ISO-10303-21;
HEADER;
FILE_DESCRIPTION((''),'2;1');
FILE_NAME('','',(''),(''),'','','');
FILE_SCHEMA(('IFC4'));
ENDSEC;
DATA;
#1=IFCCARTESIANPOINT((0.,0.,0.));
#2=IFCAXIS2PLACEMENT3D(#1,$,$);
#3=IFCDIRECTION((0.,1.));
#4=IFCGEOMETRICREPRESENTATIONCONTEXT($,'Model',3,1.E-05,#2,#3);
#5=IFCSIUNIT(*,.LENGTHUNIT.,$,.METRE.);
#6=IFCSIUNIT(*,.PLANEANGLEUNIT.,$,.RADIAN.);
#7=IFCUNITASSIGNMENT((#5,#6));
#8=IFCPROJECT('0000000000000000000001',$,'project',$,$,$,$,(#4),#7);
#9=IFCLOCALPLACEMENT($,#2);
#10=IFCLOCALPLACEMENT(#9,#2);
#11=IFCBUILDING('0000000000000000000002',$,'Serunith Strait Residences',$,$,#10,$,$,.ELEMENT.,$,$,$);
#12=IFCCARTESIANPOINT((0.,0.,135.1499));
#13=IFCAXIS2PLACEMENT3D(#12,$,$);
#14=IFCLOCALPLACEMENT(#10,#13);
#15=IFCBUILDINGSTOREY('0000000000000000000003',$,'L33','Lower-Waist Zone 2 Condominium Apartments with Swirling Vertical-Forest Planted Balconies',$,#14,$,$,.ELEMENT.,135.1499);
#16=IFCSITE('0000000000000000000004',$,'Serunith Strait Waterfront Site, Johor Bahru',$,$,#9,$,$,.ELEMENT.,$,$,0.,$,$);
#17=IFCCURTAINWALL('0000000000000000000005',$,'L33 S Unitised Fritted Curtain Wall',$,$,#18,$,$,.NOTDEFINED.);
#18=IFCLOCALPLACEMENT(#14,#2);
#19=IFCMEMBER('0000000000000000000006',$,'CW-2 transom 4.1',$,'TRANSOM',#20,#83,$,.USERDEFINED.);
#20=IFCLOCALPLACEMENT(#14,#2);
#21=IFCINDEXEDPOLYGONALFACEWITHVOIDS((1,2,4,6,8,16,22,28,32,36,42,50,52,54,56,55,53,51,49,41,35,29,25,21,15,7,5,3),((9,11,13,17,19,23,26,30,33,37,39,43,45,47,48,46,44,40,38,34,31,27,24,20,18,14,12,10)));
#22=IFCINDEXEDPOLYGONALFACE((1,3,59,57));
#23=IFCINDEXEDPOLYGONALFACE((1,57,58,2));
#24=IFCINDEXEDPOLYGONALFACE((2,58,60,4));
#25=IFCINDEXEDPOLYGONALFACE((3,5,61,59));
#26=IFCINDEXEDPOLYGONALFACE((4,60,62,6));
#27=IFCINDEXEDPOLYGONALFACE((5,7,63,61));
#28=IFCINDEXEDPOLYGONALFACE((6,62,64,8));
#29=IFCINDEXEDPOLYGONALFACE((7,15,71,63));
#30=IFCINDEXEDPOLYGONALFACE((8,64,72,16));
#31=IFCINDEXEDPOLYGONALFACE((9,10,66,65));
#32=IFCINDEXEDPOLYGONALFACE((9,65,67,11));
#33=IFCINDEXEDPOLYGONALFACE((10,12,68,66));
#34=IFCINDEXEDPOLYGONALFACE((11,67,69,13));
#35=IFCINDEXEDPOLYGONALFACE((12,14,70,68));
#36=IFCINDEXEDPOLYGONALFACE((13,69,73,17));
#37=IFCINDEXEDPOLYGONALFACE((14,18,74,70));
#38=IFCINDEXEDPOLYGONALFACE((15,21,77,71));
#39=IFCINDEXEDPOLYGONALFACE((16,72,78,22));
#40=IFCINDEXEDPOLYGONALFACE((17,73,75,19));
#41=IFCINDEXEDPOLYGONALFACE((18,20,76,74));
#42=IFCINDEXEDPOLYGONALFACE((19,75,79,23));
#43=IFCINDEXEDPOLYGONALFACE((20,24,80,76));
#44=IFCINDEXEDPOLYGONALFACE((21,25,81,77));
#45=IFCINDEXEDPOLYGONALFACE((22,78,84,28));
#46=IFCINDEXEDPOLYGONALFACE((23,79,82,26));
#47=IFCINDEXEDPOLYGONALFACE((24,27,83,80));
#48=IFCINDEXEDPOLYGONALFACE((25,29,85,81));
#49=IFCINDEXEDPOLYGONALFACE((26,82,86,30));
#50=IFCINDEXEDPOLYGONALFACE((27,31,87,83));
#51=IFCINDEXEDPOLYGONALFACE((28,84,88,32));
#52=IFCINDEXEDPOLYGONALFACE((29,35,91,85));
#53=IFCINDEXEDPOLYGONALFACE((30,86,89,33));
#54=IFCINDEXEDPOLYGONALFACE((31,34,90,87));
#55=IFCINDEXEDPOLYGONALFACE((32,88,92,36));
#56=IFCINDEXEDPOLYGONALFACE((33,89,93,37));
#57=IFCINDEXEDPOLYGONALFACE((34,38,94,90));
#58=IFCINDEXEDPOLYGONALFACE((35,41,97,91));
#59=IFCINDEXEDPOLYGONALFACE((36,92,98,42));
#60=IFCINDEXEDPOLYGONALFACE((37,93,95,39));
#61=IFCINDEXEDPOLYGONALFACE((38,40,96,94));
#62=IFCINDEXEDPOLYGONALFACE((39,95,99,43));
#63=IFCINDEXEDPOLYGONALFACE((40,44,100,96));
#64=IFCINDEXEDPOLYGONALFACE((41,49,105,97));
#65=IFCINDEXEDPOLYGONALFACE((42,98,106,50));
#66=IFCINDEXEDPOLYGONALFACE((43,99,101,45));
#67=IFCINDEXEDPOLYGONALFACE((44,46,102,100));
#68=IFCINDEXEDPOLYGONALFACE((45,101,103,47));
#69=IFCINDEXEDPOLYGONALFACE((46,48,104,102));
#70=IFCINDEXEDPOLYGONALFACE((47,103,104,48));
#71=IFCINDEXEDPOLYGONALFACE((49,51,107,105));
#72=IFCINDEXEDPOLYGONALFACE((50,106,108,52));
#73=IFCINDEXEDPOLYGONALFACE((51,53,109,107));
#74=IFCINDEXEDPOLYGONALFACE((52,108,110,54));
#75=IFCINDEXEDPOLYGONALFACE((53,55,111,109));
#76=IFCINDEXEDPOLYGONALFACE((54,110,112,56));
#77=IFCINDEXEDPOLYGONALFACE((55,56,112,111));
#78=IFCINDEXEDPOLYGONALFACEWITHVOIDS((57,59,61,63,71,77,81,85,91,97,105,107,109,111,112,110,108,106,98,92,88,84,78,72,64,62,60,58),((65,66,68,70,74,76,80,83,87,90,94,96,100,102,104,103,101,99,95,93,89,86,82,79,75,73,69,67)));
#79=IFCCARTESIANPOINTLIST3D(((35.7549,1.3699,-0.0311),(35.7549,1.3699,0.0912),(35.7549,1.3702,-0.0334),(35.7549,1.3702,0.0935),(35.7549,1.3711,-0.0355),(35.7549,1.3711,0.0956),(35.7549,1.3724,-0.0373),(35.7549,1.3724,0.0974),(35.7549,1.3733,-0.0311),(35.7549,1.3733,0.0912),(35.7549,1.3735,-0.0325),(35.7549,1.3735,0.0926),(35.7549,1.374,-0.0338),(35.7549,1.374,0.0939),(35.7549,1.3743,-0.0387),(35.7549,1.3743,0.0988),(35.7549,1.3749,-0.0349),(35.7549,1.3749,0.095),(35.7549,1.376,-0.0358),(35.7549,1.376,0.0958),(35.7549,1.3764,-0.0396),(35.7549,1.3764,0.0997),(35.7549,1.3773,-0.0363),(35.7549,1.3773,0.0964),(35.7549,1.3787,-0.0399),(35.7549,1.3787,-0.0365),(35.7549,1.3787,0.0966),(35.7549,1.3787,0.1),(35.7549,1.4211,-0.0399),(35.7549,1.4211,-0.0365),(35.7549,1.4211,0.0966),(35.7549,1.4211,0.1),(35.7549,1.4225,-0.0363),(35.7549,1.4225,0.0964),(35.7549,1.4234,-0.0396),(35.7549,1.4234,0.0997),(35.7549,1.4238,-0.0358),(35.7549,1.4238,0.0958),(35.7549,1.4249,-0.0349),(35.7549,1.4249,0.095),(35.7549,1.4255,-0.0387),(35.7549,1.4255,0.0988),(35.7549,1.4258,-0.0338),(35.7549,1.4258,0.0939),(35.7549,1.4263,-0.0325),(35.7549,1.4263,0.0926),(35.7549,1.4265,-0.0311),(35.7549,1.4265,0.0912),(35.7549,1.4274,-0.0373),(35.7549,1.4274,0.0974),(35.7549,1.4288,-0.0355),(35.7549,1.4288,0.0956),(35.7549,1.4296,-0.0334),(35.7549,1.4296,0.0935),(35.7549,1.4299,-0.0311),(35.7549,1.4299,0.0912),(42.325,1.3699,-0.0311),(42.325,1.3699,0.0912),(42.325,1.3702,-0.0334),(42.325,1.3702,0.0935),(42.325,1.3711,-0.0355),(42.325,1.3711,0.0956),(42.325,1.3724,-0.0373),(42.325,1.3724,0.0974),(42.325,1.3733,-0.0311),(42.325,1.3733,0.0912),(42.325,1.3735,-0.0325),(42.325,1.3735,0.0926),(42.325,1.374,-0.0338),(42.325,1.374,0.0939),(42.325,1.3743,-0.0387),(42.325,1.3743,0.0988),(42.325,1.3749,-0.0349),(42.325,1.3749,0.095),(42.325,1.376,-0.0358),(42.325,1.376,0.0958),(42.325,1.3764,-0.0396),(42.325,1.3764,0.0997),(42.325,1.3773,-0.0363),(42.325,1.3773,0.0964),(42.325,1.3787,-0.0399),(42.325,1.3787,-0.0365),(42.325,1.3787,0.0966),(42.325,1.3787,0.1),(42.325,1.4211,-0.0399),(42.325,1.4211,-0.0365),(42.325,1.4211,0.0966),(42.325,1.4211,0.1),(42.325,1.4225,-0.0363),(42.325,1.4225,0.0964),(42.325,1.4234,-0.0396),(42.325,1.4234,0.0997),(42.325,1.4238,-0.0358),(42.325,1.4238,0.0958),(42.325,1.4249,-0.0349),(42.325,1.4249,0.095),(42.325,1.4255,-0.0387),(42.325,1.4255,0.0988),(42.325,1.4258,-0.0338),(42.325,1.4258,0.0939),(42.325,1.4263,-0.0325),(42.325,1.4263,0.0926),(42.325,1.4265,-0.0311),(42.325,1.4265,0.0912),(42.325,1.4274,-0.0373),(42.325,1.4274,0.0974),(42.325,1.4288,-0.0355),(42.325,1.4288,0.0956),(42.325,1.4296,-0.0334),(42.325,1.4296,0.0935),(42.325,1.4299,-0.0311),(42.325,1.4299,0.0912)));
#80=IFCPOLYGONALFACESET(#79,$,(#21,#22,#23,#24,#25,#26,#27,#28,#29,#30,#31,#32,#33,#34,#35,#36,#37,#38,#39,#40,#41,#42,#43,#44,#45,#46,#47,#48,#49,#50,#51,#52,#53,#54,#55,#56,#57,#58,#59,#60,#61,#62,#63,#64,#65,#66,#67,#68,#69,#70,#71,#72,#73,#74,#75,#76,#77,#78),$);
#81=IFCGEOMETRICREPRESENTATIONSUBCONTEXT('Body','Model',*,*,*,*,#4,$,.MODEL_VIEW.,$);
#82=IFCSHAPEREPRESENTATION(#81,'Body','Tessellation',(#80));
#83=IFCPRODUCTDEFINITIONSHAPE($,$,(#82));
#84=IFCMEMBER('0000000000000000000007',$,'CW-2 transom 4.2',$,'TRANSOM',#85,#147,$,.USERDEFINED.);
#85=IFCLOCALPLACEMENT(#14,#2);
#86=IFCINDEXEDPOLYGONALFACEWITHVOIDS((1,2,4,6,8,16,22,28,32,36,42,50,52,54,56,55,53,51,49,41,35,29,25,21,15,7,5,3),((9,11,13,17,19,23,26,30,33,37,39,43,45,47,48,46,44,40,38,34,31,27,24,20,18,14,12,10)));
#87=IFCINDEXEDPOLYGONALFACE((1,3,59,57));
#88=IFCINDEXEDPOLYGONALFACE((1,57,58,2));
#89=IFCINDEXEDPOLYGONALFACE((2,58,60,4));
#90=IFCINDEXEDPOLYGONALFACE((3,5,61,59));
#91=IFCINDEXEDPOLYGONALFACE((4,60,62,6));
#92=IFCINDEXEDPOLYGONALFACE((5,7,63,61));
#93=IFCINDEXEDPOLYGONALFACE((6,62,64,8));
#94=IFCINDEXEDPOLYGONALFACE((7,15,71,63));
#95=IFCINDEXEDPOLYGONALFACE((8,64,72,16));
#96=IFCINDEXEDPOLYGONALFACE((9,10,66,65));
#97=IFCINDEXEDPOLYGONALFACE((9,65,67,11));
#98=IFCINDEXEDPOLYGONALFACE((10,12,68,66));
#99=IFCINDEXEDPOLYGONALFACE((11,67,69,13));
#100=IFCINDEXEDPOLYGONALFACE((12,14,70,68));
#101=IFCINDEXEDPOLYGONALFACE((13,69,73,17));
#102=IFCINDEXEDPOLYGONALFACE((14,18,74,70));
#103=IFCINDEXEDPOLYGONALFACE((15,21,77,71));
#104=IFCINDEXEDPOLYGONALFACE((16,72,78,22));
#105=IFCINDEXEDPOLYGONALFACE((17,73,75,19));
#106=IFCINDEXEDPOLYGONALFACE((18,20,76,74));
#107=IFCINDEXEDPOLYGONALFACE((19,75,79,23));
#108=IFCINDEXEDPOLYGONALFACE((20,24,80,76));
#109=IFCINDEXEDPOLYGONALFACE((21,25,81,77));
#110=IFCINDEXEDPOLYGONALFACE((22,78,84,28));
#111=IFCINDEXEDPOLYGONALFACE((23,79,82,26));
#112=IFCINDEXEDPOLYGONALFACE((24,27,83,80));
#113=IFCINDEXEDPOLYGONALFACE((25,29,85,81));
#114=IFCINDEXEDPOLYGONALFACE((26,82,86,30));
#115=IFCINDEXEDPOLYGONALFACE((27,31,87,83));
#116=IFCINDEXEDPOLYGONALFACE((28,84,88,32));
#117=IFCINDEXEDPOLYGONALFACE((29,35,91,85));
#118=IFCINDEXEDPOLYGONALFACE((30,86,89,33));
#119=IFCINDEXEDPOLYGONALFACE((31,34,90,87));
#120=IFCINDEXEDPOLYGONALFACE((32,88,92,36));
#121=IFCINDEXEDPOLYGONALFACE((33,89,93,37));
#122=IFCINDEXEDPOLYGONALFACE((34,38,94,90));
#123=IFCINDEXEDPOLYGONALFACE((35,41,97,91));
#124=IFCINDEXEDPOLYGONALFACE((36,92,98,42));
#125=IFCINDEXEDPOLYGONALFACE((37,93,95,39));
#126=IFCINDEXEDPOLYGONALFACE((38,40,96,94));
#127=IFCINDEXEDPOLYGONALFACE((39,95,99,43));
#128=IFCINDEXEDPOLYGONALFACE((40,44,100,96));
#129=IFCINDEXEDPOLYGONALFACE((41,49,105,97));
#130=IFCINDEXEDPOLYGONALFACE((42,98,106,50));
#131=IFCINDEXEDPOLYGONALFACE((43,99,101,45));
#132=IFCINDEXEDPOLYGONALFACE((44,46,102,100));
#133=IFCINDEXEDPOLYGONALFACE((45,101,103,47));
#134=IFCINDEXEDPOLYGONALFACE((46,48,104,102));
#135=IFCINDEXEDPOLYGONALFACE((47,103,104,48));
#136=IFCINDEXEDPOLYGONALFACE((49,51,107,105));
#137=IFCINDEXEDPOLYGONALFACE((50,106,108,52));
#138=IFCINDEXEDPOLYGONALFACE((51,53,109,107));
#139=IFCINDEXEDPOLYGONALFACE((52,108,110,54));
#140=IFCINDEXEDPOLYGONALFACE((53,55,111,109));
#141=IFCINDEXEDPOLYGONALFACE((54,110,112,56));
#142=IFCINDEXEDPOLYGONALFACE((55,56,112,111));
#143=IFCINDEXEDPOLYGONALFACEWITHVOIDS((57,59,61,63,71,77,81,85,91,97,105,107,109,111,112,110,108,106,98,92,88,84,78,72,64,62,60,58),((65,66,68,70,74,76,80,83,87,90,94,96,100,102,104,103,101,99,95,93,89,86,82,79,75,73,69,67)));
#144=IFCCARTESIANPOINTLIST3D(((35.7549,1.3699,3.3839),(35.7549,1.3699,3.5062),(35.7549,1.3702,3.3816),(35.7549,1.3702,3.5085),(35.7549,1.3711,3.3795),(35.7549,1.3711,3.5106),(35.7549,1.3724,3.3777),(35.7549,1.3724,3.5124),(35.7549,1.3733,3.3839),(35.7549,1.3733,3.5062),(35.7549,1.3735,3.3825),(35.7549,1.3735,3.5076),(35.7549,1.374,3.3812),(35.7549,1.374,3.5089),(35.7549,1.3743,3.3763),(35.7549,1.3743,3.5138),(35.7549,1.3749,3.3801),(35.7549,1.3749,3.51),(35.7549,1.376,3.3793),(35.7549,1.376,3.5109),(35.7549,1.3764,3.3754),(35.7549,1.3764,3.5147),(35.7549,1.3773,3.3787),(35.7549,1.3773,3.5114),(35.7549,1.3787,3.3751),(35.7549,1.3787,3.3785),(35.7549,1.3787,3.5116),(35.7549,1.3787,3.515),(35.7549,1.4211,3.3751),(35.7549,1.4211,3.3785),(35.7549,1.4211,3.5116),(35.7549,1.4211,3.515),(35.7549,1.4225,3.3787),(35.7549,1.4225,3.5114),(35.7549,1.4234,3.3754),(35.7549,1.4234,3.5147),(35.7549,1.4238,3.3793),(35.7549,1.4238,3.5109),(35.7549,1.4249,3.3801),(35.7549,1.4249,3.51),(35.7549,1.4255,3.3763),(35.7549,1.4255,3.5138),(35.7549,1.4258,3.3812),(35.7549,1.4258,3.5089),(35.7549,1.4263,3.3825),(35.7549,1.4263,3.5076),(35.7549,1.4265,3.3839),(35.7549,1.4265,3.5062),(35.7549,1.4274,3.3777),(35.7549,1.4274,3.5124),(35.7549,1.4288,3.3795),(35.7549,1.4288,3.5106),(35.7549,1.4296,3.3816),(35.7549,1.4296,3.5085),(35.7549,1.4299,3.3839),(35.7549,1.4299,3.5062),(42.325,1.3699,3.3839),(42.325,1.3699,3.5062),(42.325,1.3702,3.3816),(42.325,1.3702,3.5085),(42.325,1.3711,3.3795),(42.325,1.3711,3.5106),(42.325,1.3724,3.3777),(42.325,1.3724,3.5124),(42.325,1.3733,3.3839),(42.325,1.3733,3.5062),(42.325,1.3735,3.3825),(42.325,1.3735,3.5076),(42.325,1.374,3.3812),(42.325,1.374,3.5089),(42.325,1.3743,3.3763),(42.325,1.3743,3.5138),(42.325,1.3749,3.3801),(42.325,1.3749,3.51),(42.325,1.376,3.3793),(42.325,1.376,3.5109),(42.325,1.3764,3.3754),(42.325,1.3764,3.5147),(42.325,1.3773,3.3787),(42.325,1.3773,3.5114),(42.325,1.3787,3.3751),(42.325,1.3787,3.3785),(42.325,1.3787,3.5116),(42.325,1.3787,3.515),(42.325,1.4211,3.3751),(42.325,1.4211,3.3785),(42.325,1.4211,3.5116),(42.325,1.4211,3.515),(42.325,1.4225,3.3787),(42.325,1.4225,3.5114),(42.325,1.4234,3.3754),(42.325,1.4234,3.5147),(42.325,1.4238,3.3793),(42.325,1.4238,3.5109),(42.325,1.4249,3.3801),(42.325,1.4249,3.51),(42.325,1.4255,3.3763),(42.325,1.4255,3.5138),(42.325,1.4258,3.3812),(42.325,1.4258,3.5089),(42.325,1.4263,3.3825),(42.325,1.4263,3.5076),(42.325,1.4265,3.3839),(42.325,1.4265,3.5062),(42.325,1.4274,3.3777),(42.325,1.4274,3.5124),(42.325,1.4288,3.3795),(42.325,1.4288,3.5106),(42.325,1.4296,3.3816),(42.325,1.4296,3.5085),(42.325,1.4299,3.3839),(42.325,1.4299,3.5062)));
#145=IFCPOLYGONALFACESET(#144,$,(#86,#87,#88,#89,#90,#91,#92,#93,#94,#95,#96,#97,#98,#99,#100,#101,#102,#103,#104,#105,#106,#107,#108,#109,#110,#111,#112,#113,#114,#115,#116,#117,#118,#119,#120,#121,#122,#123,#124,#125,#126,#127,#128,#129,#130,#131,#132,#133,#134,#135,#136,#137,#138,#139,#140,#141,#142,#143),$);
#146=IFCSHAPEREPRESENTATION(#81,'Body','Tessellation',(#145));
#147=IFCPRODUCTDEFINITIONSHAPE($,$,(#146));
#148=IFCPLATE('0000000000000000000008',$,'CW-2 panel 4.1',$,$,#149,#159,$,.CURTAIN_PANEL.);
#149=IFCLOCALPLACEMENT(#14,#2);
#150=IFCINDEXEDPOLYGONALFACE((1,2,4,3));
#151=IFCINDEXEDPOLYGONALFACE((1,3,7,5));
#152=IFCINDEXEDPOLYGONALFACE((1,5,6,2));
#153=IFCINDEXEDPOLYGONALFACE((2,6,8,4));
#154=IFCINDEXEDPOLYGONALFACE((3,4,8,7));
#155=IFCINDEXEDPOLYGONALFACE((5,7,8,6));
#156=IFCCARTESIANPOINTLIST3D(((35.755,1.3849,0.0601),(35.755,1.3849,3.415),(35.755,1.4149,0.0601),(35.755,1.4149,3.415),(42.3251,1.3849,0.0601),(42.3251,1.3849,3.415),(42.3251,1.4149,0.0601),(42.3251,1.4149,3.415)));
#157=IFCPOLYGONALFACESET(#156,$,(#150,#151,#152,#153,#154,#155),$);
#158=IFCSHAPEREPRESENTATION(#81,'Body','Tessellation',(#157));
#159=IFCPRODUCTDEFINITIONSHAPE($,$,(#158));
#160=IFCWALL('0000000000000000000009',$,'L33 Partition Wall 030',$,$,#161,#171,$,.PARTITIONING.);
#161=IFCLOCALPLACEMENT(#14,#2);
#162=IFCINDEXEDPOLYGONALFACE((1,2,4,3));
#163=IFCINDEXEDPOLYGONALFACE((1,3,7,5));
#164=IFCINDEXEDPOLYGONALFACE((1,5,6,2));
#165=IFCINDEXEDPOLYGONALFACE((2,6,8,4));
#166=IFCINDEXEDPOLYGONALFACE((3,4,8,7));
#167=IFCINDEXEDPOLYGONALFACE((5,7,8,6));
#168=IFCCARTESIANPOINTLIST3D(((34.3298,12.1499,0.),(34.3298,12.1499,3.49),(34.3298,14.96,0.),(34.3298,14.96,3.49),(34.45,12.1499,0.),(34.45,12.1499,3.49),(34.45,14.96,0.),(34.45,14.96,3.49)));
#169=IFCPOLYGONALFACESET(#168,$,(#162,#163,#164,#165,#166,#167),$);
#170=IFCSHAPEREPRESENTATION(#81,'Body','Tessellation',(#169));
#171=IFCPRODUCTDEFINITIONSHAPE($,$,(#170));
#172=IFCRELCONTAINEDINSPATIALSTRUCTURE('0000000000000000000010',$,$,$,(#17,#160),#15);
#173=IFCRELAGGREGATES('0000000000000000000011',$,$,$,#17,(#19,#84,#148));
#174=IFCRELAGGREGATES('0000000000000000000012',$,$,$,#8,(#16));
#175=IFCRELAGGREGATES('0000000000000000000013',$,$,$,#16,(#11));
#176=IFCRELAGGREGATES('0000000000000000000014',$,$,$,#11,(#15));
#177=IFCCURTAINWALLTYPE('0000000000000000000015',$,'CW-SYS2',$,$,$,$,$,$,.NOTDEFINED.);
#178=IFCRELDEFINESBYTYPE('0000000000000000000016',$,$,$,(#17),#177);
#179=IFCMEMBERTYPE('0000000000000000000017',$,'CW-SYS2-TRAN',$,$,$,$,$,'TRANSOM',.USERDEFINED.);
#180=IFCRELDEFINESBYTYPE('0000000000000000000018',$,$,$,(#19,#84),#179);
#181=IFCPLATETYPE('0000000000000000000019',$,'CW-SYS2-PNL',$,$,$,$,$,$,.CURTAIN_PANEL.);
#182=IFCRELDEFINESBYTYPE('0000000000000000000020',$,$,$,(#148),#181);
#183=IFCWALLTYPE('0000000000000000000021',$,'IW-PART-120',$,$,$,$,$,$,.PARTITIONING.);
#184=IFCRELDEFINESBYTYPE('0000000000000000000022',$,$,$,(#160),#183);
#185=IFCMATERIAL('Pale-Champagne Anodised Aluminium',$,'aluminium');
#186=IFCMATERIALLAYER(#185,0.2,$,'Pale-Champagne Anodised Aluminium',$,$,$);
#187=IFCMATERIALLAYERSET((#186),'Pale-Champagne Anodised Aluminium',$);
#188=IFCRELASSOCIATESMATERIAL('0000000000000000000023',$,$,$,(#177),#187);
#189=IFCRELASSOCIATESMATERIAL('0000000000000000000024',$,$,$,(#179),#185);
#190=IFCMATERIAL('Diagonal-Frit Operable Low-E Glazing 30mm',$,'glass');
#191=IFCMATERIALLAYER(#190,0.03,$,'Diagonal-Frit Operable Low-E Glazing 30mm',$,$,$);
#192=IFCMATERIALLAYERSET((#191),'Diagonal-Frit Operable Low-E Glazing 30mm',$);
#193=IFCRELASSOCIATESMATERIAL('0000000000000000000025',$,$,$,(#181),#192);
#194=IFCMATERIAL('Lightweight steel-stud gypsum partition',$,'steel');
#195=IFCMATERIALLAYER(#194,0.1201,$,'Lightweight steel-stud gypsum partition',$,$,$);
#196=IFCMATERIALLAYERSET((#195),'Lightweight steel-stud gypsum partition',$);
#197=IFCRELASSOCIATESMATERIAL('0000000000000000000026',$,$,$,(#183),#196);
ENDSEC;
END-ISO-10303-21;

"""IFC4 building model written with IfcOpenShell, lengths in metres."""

from ifc_helpers import new_model, si_unit, direction, frame, frame_2d, origin, origin_2d, place, context, subcontext, project, spatial, rectangle, hollow_rectangle, extrude, source, transform, mapped, material, layer, layer_set, material_profile, profile_set, type_object, element, aggregate, save


model = new_model("IFC4")

# Units and contexts
model_context = context("Model", 3, precision=1e-05, world=origin(), true_north=direction((0.0, 1.0)))
body_context = subcontext(model_context, "Body", "Model", "MODEL_VIEW")
ifc_project = project(units=[si_unit("LENGTHUNIT", "METRE"), si_unit("PLANEANGLEUNIT", "RADIAN")], contexts=[model_context])

# Site, building, storey
site_placement = place(None, origin())
site = spatial("IfcSite", under=ifc_project, at=site_placement, Name="Serunith Strait Waterfront Site, Johor Bahru", CompositionType="ELEMENT", RefElevation=0.0)
building_placement = place(site_placement, origin())
building = spatial("IfcBuilding", under=site, at=building_placement, Name="Serunith Strait Residences", CompositionType="ELEMENT")
storey_placement = place(building_placement, frame((0.0, 0.0, 135.1499)))
storey = spatial("IfcBuildingStorey", under=building, at=storey_placement, Name="L33", Description="Lower-Waist Zone 2 Condominium Apartments with Swirling Vertical-Forest Planted Balconies", CompositionType="ELEMENT", Elevation=135.1499)

# Curtain wall, members, plate
ifc_material_1 = material(Name="Pale-Champagne Anodised Aluminium", Category="aluminium")
ifc_layer_1 = layer(ifc_material_1, 0.2, Name="Pale-Champagne Anodised Aluminium")
ifc_layer_set_1 = layer_set([ifc_layer_1], Name="Pale-Champagne Anodised Aluminium")
curtain_wall_type = type_object("IfcCurtainWallType", Name="CW-SYS2", PredefinedType="NOTDEFINED", material=ifc_layer_set_1)
curtain_wall_placement = place(storey_placement, origin())
curtain_wall = element("IfcCurtainWall", 1, at=curtain_wall_placement, inside=storey, type_object=curtain_wall_type, Name="L33 S Unitised Fritted Curtain Wall", PredefinedType="NOTDEFINED")
ifc_material_profile_1 = material_profile(ifc_material_1, hollow_rectangle(XDim=0.0601, YDim=0.1399, WallThickness=0.0034, InnerFilletRadius=0.0054, OuterFilletRadius=0.0088, at=origin_2d()), Name="ALU 140x60x3.5")
ifc_profile_set_1 = profile_set([ifc_material_profile_1], Name="Pale-Champagne Anodised Aluminium")
member_type_1 = type_object("IfcMemberType", Name="CW-SYS2-TRAN", ElementType="TRANSOM", PredefinedType="USERDEFINED", material=ifc_profile_set_1)
shared_shape_1 = source(origin(), body_context, "Body", "SweptSolid", [
    extrude(hollow_rectangle(XDim=0.0601, YDim=0.1399, WallThickness=0.0034, InnerFilletRadius=0.0054, OuterFilletRadius=0.0088, at=origin_2d()), origin(), (0.0, 0.0, 1.0), 6.5701),
])
member_1_placement = place(storey_placement, frame((35.7549, 1.3999, 0.03), z_axis=(1.0, 0.0, 0.0), x_axis=(0.0, 1.0, 0.0)))
member_1 = element("IfcMember", 2, at=member_1_placement, type_object=member_type_1, Name="CW-2 transom 4.1", ObjectType="TRANSOM", PredefinedType="USERDEFINED", context=body_context, shape_type="MappedRepresentation", body=[
    mapped(shared_shape_1, transform((0.0, 0.0, 0.0), scale=1.0)),
])
member_2_placement = place(storey_placement, frame((35.7549, 1.3999, 3.4451), z_axis=(1.0, 0.0, 0.0), x_axis=(0.0, 1.0, 0.0)))
member_2 = element("IfcMember", 3, at=member_2_placement, type_object=member_type_1, Name="CW-2 transom 4.2", ObjectType="TRANSOM", PredefinedType="USERDEFINED", context=body_context, shape_type="MappedRepresentation", body=[
    mapped(shared_shape_1, transform((0.0, 0.0, 0.0), scale=1.0)),
])
ifc_material_2 = material(Name="Diagonal-Frit Operable Low-E Glazing 30mm", Category="glass")
ifc_layer_2 = layer(ifc_material_2, 0.03, Name="Diagonal-Frit Operable Low-E Glazing 30mm")
ifc_layer_set_2 = layer_set([ifc_layer_2], Name="Diagonal-Frit Operable Low-E Glazing 30mm")
plate_type = type_object("IfcPlateType", Name="CW-SYS2-PNL", PredefinedType="CURTAIN_PANEL", material=ifc_layer_set_2)
shared_shape_2 = source(origin(), body_context, "Body", "SweptSolid", [
    extrude(rectangle(XDim=6.5701, YDim=0.03, at=origin_2d()), origin(), (0.0, 0.0, 1.0), 3.355),
])
plate_placement = place(storey_placement, frame((39.04, 1.3999, 0.0601), z_axis=(0.0, 0.0, 1.0), x_axis=(1.0, 0.0, 0.0)))
plate = element("IfcPlate", 4, at=plate_placement, type_object=plate_type, Name="CW-2 panel 4.1", PredefinedType="CURTAIN_PANEL", context=body_context, shape_type="MappedRepresentation", body=[
    mapped(shared_shape_2, transform((0.0, 0.0, 0.0), scale=1.0)),
])
aggregate(curtain_wall, [member_1, member_2, plate])

# Wall
ifc_material_3 = material(Name="Lightweight steel-stud gypsum partition", Category="steel")
ifc_layer_3 = layer(ifc_material_3, 0.1201, Name="Lightweight steel-stud gypsum partition")
ifc_layer_set_3 = layer_set([ifc_layer_3], Name="Lightweight steel-stud gypsum partition")
wall_type = type_object("IfcWallType", Name="IW-PART-120", PredefinedType="PARTITIONING", material=ifc_layer_set_3)
wall_1_placement = place(storey_placement, frame((34.3899, 12.1499, 0.0), z_axis=(0.0, 0.0, 1.0), x_axis=(0.0, 1.0, 0.0)))
element("IfcWall", 5, at=wall_1_placement, inside=storey, type_object=wall_type, Name="L33 Partition Wall 030", PredefinedType="PARTITIONING", context=body_context, shape_type="SweptSolid", body=[
    extrude(rectangle(XDim=2.8101, YDim=0.1201, at=frame_2d((1.405, 0.0))), origin(), (0.0, 0.0, 1.0), 3.49),
])

save(model, "model.ifc")
